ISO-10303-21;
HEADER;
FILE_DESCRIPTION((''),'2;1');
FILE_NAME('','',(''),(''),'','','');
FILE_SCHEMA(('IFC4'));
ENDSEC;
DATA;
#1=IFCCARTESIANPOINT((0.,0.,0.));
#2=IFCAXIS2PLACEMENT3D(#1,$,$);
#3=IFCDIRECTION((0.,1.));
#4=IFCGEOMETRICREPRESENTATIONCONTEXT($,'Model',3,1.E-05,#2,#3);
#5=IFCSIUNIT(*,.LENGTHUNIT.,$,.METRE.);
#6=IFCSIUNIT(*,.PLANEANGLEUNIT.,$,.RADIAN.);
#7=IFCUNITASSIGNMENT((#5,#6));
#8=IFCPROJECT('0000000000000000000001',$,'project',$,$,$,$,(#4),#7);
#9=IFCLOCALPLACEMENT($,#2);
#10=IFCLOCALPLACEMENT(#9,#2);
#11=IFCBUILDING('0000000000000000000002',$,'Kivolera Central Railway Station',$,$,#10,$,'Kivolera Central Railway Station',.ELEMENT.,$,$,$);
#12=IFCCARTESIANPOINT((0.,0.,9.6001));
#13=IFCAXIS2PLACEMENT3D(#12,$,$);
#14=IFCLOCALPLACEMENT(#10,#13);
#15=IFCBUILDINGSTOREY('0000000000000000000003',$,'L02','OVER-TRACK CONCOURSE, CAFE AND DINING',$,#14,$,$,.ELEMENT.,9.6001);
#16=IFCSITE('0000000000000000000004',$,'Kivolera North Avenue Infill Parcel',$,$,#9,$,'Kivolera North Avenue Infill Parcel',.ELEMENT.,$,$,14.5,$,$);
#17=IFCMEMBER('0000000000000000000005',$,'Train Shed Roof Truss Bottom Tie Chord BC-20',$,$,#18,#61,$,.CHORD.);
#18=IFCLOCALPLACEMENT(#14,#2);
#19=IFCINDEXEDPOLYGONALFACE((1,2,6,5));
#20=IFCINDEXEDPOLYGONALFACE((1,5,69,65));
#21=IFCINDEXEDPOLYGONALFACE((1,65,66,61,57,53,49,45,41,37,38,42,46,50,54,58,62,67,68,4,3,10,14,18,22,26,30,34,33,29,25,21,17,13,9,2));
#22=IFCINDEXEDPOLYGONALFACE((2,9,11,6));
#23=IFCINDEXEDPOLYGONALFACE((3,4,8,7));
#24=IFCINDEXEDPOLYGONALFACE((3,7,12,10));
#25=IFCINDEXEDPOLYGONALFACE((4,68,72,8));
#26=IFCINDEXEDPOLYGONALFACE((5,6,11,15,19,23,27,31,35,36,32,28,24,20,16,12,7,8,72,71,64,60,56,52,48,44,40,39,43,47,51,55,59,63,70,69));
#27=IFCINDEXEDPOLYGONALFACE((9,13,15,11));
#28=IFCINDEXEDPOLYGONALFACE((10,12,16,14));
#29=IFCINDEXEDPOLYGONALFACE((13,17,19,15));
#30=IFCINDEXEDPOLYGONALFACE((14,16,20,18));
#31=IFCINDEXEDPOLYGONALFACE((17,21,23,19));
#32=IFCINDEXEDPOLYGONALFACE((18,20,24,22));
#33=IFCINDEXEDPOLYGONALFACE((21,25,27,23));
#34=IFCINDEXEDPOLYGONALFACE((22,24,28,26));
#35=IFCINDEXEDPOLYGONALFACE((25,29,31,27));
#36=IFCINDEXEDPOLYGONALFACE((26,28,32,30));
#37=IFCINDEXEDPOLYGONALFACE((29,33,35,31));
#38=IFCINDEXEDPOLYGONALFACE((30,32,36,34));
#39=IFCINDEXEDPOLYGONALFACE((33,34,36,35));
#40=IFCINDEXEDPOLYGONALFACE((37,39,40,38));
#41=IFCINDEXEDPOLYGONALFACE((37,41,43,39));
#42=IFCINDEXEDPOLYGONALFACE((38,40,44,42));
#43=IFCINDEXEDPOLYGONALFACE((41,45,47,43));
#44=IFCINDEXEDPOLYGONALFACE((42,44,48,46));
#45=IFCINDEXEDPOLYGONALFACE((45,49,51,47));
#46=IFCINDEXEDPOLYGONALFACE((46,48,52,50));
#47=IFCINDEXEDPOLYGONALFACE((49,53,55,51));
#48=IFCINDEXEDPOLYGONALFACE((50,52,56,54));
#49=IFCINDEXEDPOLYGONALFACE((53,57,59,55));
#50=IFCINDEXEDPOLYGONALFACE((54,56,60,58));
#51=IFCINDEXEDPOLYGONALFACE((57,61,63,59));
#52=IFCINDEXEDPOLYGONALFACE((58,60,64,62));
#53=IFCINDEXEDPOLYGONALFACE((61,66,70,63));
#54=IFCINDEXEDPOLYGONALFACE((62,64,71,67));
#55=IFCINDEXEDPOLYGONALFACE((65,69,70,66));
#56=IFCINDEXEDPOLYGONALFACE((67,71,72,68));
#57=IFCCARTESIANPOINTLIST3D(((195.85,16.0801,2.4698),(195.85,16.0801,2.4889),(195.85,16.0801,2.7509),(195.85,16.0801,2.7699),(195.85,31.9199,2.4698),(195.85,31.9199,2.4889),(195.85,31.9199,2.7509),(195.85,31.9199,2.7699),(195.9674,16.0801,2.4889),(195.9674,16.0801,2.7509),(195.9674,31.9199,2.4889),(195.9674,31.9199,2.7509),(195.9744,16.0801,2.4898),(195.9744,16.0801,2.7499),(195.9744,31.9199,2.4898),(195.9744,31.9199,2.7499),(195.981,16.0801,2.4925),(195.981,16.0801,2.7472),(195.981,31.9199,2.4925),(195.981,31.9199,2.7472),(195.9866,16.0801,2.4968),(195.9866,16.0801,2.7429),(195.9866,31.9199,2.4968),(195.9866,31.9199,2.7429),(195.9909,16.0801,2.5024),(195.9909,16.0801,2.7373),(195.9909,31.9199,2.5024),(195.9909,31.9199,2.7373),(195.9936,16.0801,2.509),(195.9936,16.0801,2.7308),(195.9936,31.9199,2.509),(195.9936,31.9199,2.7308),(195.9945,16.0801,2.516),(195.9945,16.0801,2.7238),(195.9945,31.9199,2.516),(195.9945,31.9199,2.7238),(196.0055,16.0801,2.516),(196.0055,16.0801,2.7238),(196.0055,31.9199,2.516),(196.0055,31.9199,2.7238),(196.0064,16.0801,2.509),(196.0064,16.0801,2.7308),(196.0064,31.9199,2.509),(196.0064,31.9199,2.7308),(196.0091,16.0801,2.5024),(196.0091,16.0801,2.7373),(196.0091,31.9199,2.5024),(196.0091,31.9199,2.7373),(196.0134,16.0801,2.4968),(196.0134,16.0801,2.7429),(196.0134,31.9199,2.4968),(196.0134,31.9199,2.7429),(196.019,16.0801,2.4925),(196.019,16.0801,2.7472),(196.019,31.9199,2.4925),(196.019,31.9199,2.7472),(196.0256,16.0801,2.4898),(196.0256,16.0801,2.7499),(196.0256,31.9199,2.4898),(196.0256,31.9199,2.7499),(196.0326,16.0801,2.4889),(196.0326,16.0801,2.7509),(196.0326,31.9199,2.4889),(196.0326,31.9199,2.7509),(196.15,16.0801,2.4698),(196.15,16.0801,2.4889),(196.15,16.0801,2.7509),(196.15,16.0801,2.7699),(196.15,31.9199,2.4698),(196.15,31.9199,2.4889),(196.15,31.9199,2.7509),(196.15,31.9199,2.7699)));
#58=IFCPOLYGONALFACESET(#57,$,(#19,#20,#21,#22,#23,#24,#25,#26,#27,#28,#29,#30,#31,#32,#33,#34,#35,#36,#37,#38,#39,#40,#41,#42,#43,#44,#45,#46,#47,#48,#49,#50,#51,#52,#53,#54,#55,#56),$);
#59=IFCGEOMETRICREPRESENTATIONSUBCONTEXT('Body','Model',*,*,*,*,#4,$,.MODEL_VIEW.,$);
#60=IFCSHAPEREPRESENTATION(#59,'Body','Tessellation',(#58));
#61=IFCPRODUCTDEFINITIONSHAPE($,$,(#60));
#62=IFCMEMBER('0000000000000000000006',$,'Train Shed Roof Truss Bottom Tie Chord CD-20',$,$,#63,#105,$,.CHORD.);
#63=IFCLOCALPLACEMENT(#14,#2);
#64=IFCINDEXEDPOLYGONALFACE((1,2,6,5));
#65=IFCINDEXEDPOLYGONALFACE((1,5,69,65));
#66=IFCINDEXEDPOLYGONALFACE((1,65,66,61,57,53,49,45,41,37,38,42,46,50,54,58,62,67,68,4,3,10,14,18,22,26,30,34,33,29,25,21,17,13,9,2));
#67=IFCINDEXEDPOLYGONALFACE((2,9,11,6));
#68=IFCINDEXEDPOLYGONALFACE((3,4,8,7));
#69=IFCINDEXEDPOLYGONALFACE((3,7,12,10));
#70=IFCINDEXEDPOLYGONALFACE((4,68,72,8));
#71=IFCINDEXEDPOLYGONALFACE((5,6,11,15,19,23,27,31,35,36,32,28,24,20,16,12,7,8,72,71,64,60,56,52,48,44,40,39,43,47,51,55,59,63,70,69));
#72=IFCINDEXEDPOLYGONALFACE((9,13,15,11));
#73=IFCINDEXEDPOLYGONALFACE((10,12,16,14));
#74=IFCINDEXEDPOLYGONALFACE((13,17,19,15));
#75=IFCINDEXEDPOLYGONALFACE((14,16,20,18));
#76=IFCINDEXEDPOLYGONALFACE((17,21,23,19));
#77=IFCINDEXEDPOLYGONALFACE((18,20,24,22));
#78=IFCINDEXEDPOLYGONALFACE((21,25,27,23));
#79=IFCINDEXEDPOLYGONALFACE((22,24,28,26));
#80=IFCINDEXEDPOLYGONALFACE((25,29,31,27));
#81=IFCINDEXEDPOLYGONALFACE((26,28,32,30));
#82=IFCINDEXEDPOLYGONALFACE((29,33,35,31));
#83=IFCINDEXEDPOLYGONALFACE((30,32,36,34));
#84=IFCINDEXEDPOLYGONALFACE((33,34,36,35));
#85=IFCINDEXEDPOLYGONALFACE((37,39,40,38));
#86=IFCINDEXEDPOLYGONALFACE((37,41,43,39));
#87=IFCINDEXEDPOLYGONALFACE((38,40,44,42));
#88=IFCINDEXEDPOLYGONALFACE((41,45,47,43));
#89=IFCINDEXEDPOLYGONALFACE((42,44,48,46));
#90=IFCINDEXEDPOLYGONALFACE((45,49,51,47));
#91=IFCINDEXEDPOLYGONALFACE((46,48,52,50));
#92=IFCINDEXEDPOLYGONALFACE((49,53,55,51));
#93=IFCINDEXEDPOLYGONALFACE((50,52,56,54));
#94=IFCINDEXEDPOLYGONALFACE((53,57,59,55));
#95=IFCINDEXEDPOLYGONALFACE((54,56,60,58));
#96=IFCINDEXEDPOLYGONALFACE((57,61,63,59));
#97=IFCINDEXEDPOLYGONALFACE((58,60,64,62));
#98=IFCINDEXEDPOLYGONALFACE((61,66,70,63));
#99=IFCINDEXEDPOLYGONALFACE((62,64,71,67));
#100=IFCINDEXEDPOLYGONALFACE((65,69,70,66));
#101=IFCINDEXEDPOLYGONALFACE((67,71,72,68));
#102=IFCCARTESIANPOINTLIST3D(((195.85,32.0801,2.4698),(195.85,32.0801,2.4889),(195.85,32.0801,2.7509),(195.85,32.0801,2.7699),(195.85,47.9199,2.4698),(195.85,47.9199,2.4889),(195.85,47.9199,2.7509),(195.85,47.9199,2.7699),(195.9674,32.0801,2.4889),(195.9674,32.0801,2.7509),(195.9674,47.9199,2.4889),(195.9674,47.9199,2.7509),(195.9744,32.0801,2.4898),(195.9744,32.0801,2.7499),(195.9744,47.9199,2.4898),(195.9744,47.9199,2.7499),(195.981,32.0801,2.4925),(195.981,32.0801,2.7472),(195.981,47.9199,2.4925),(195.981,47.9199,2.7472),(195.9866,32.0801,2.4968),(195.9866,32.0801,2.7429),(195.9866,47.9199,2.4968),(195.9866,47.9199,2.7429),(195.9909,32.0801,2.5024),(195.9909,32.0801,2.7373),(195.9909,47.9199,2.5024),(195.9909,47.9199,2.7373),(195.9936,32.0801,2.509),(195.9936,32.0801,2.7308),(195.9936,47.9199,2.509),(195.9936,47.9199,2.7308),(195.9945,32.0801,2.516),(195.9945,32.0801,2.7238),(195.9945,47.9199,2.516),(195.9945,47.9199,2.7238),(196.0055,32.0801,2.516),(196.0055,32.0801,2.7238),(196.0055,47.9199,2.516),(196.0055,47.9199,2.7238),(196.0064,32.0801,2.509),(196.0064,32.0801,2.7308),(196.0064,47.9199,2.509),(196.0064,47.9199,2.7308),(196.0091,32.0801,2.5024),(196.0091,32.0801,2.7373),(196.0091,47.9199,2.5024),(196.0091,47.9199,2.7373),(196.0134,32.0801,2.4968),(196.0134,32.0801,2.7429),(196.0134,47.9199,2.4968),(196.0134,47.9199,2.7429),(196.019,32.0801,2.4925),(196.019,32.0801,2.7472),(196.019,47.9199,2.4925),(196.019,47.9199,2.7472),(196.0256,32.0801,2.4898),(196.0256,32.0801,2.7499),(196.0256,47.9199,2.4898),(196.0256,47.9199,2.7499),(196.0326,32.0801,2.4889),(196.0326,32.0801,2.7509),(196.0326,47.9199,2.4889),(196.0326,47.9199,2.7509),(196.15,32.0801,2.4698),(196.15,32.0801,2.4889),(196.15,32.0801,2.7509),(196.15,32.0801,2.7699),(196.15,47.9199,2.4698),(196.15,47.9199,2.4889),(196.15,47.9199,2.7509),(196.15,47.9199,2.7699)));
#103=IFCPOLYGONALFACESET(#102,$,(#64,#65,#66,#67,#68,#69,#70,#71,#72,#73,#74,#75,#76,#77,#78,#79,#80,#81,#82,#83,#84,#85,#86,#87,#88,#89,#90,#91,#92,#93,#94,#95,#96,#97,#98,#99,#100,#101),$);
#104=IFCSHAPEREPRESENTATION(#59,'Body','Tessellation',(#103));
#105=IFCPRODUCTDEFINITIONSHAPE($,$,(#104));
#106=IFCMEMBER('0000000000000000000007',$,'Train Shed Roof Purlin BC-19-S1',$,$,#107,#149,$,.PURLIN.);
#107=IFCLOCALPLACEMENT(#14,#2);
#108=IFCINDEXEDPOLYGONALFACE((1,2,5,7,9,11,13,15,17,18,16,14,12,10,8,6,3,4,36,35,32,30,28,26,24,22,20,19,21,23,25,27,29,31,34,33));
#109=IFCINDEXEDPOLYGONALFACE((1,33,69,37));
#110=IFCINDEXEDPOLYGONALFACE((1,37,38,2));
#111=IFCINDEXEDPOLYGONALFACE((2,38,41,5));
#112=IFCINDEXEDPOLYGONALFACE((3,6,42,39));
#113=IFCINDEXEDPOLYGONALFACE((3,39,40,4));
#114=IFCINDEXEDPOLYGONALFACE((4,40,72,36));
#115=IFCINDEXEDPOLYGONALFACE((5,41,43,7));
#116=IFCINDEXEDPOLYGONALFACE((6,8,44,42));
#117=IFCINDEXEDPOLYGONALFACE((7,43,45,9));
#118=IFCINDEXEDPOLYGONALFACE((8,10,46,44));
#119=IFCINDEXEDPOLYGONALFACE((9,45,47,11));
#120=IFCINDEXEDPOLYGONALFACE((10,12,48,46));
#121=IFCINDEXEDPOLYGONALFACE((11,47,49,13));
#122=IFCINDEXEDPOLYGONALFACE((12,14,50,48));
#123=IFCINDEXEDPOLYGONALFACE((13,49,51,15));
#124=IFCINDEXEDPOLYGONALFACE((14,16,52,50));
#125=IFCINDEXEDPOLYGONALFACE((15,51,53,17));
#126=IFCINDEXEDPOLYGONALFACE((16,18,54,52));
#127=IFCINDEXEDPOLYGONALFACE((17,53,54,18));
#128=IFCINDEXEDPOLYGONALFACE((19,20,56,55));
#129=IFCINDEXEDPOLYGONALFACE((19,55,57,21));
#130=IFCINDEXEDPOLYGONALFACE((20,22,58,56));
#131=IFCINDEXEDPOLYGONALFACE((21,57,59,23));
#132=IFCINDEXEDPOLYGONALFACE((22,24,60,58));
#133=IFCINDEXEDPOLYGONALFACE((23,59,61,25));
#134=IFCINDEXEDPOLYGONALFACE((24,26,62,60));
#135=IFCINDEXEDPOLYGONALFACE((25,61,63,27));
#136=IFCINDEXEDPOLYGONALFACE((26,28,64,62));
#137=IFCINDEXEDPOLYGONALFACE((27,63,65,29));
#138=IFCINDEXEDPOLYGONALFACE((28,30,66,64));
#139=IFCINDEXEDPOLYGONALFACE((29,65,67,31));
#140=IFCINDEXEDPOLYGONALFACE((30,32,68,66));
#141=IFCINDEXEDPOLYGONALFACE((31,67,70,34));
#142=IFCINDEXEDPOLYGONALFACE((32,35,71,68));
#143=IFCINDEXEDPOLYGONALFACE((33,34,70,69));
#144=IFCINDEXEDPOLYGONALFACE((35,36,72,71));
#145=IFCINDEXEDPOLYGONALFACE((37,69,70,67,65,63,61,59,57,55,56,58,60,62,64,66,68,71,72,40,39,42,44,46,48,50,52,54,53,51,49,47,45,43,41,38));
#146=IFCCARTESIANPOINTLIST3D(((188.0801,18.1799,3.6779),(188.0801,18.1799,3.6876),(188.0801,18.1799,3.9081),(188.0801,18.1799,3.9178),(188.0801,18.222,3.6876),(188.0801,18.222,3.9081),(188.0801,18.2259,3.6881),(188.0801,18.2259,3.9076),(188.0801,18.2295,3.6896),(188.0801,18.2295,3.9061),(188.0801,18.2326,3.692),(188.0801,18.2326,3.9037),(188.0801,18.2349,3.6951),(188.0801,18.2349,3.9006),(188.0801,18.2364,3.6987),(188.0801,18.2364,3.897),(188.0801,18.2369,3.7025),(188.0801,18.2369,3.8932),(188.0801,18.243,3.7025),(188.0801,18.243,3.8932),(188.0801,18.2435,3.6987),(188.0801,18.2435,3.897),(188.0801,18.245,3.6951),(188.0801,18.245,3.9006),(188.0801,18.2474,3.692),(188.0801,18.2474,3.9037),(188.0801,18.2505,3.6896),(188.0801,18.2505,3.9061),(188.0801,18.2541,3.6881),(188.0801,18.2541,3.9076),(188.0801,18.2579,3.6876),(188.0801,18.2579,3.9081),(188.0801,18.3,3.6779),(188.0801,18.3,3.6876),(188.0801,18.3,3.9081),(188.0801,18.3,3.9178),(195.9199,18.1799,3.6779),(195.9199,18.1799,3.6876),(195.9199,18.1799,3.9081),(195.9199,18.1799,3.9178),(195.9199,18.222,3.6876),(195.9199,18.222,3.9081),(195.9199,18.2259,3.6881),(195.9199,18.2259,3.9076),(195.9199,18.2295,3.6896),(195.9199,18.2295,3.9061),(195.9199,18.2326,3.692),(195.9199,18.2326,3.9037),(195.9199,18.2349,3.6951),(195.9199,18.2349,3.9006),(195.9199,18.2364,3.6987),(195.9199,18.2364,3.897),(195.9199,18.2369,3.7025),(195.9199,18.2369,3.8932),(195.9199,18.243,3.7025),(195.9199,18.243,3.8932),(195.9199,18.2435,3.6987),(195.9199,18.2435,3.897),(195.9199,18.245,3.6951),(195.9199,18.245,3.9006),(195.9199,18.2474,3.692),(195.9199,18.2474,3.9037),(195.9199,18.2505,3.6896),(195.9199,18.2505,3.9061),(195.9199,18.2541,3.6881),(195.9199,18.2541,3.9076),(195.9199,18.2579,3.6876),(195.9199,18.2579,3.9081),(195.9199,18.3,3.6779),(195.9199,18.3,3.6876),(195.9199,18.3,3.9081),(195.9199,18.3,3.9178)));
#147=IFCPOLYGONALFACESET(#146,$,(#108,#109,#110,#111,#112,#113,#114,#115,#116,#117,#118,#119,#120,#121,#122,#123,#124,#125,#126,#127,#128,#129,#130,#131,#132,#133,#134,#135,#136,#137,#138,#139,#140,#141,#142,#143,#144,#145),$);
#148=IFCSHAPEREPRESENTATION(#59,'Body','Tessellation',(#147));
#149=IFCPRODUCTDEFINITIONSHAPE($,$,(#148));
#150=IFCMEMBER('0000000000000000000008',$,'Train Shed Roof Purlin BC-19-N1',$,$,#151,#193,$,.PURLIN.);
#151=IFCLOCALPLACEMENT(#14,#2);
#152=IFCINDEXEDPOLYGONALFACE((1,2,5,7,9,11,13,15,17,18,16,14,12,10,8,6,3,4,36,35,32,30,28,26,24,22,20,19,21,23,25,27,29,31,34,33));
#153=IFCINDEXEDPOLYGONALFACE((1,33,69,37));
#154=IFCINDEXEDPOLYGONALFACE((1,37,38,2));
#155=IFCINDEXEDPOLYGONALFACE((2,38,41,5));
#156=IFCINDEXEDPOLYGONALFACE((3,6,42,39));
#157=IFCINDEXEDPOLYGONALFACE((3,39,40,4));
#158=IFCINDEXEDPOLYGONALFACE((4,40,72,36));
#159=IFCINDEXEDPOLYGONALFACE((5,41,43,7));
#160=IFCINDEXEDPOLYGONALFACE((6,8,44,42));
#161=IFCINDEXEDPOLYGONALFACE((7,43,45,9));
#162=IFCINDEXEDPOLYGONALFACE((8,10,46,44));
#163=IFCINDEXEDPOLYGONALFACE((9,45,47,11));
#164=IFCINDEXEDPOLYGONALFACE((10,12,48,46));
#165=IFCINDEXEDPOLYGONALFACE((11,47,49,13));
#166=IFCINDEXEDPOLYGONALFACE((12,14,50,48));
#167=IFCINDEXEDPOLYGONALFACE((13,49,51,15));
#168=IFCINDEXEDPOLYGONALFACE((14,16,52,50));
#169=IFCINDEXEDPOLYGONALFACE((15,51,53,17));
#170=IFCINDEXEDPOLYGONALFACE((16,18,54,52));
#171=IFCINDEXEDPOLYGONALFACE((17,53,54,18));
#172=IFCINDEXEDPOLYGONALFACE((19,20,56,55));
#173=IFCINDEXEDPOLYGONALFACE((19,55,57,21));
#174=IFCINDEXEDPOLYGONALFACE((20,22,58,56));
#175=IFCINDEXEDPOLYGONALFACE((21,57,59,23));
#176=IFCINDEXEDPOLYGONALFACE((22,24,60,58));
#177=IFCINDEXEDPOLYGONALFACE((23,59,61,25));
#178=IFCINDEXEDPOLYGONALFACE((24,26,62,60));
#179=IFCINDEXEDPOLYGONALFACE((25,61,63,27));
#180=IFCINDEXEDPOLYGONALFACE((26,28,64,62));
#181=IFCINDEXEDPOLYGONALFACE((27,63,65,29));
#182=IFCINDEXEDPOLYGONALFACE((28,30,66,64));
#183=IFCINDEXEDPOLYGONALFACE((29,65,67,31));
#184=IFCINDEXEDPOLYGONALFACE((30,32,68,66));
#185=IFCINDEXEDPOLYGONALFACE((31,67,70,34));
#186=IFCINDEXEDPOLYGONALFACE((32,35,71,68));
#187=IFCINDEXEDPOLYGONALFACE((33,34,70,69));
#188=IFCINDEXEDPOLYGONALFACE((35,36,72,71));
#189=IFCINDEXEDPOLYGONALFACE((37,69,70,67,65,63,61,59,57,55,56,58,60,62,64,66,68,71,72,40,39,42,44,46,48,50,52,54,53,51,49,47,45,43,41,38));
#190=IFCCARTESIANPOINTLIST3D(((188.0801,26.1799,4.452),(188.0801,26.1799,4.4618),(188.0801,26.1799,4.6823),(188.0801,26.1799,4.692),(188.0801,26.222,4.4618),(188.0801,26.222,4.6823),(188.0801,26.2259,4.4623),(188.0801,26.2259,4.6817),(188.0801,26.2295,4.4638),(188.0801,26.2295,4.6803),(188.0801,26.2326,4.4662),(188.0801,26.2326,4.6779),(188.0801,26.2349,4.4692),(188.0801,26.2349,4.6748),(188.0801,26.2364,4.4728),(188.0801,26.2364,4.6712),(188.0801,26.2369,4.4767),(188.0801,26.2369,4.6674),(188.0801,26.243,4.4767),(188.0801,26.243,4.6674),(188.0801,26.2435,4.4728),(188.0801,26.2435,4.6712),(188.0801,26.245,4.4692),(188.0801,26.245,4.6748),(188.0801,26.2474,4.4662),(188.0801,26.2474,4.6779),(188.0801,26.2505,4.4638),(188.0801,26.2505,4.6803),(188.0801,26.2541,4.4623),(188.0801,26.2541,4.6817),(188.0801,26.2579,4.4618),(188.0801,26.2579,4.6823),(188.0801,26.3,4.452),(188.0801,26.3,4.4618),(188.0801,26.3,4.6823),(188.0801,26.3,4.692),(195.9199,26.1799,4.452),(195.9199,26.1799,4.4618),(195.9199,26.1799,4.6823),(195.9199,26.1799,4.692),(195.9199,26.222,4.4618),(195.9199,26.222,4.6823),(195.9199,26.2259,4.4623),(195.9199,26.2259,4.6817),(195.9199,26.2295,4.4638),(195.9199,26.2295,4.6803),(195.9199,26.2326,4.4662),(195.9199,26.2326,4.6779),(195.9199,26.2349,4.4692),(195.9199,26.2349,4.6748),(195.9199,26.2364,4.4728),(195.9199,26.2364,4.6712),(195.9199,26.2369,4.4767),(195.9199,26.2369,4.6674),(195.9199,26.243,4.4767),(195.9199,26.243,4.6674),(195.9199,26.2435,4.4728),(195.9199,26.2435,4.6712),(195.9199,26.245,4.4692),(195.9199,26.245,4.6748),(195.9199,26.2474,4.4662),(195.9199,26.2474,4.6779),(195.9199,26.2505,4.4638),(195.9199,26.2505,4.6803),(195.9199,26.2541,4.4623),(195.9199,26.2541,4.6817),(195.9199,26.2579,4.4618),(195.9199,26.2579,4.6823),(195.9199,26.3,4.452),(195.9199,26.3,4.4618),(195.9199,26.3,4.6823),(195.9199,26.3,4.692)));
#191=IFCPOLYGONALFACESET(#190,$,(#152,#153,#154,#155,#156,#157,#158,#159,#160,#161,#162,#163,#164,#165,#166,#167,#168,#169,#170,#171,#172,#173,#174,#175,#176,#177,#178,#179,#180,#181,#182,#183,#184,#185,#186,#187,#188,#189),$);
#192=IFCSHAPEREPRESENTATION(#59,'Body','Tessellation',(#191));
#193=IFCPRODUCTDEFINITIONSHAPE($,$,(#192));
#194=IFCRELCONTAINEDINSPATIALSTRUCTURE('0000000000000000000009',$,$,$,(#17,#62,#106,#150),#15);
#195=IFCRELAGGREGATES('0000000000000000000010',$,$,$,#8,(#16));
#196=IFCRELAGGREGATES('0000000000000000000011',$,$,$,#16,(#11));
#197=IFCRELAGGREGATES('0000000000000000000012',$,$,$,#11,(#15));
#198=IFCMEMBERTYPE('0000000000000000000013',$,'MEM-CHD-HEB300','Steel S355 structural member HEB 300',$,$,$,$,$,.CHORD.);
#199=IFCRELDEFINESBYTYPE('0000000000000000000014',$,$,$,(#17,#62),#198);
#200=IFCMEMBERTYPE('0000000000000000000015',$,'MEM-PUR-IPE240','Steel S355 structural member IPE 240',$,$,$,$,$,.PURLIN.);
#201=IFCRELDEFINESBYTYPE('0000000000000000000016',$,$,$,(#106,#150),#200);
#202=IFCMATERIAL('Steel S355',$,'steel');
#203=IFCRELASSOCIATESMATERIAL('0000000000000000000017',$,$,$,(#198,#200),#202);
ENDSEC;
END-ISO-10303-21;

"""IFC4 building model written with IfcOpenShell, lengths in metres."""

from ifc_helpers import new_model, si_unit, direction, frame, origin, origin_2d, place, context, subcontext, project, spatial, i_section, extrude, material, material_profile, profile_set, type_object, element, save


model = new_model("IFC4")

# Units and contexts
model_context = context("Model", 3, precision=1e-05, world=origin(), true_north=direction((0.0, 1.0)))
body_context = subcontext(model_context, "Body", "Model", "MODEL_VIEW")
ifc_project = project(units=[si_unit("LENGTHUNIT", "METRE"), si_unit("PLANEANGLEUNIT", "RADIAN")], contexts=[model_context])

# Site, building, storey
site_placement = place(None, origin())
site = spatial("IfcSite", under=ifc_project, at=site_placement, Name="Kivolera North Avenue Infill Parcel", LongName="Kivolera North Avenue Infill Parcel", CompositionType="ELEMENT", RefElevation=14.5)
building_placement = place(site_placement, origin())
building = spatial("IfcBuilding", under=site, at=building_placement, Name="Kivolera Central Railway Station", LongName="Kivolera Central Railway Station", CompositionType="ELEMENT")
storey_placement = place(building_placement, frame((0.0, 0.0, 9.6001)))
storey = spatial("IfcBuildingStorey", under=building, at=storey_placement, Name="L02", Description="OVER-TRACK CONCOURSE, CAFE AND DINING", CompositionType="ELEMENT", Elevation=9.6001)

# Shared definitions
ifc_material_1 = material(Name="Steel S355", Category="steel")

# Members
ifc_material_profile_1 = material_profile(ifc_material_1, i_section(OverallWidth=0.3, OverallDepth=0.3, WebThickness=0.011, FlangeThickness=0.019, FilletRadius=0.0271, at=origin_2d()), Name="HEB 300")
ifc_profile_set_1 = profile_set([ifc_material_profile_1], Name="Steel S355")
member_type_1 = type_object("IfcMemberType", Name="MEM-CHD-HEB300", Description="Steel S355 structural member HEB 300", PredefinedType="CHORD", material=ifc_profile_set_1)
for number, where, z_axis, x_axis, name in (
    (1, (196.0, 16.0801, 2.6199), (0.0, 1.0, 0.0), (-1.0, 0.0, 0.0), "Train Shed Roof Truss Bottom Tie Chord BC-20"),
    (2, (196.0, 32.0801, 2.6199), (0.0, 1.0, 0.0), (-1.0, 0.0, 0.0), "Train Shed Roof Truss Bottom Tie Chord CD-20"),
):
    element("IfcMember", number, at=place(storey_placement, frame(where, z_axis=z_axis, x_axis=x_axis)), inside=storey, type_object=member_type_1, Name=name, PredefinedType="CHORD", context=body_context, shape_type="SweptSolid", body=[
        extrude(i_section(OverallWidth=0.3, OverallDepth=0.3, WebThickness=0.011, FlangeThickness=0.019, FilletRadius=0.0271, at=origin_2d()), origin(), (0.0, 0.0, 1.0), 15.8398),
    ])
ifc_material_profile_2 = material_profile(ifc_material_1, i_section(OverallWidth=0.1201, OverallDepth=0.24, WebThickness=0.0061, FlangeThickness=0.0098, FilletRadius=0.0149, at=origin_2d()), Name="IPE 240")
ifc_profile_set_2 = profile_set([ifc_material_profile_2], Name="Steel S355")
member_type_2 = type_object("IfcMemberType", Name="MEM-PUR-IPE240", Description="Steel S355 structural member IPE 240", PredefinedType="PURLIN", material=ifc_profile_set_2)
for number, where, z_axis, x_axis, name in (
    (3, (188.0801, 18.24, 3.7979), (1.0, 0.0, 0.0), (0.0, 1.0, 0.0), "Train Shed Roof Purlin BC-19-S1"),
    (4, (188.0801, 26.24, 4.572), (1.0, 0.0, 0.0), (0.0, 1.0, 0.0), "Train Shed Roof Purlin BC-19-N1"),
):
    element("IfcMember", number, at=place(storey_placement, frame(where, z_axis=z_axis, x_axis=x_axis)), inside=storey, type_object=member_type_2, Name=name, PredefinedType="PURLIN", context=body_context, shape_type="SweptSolid", body=[
        extrude(i_section(OverallWidth=0.1201, OverallDepth=0.24, WebThickness=0.0061, FlangeThickness=0.0098, FilletRadius=0.0149, at=origin_2d()), origin(), (0.0, 0.0, 1.0), 7.8398),
    ])

save(model, "model.ifc")
